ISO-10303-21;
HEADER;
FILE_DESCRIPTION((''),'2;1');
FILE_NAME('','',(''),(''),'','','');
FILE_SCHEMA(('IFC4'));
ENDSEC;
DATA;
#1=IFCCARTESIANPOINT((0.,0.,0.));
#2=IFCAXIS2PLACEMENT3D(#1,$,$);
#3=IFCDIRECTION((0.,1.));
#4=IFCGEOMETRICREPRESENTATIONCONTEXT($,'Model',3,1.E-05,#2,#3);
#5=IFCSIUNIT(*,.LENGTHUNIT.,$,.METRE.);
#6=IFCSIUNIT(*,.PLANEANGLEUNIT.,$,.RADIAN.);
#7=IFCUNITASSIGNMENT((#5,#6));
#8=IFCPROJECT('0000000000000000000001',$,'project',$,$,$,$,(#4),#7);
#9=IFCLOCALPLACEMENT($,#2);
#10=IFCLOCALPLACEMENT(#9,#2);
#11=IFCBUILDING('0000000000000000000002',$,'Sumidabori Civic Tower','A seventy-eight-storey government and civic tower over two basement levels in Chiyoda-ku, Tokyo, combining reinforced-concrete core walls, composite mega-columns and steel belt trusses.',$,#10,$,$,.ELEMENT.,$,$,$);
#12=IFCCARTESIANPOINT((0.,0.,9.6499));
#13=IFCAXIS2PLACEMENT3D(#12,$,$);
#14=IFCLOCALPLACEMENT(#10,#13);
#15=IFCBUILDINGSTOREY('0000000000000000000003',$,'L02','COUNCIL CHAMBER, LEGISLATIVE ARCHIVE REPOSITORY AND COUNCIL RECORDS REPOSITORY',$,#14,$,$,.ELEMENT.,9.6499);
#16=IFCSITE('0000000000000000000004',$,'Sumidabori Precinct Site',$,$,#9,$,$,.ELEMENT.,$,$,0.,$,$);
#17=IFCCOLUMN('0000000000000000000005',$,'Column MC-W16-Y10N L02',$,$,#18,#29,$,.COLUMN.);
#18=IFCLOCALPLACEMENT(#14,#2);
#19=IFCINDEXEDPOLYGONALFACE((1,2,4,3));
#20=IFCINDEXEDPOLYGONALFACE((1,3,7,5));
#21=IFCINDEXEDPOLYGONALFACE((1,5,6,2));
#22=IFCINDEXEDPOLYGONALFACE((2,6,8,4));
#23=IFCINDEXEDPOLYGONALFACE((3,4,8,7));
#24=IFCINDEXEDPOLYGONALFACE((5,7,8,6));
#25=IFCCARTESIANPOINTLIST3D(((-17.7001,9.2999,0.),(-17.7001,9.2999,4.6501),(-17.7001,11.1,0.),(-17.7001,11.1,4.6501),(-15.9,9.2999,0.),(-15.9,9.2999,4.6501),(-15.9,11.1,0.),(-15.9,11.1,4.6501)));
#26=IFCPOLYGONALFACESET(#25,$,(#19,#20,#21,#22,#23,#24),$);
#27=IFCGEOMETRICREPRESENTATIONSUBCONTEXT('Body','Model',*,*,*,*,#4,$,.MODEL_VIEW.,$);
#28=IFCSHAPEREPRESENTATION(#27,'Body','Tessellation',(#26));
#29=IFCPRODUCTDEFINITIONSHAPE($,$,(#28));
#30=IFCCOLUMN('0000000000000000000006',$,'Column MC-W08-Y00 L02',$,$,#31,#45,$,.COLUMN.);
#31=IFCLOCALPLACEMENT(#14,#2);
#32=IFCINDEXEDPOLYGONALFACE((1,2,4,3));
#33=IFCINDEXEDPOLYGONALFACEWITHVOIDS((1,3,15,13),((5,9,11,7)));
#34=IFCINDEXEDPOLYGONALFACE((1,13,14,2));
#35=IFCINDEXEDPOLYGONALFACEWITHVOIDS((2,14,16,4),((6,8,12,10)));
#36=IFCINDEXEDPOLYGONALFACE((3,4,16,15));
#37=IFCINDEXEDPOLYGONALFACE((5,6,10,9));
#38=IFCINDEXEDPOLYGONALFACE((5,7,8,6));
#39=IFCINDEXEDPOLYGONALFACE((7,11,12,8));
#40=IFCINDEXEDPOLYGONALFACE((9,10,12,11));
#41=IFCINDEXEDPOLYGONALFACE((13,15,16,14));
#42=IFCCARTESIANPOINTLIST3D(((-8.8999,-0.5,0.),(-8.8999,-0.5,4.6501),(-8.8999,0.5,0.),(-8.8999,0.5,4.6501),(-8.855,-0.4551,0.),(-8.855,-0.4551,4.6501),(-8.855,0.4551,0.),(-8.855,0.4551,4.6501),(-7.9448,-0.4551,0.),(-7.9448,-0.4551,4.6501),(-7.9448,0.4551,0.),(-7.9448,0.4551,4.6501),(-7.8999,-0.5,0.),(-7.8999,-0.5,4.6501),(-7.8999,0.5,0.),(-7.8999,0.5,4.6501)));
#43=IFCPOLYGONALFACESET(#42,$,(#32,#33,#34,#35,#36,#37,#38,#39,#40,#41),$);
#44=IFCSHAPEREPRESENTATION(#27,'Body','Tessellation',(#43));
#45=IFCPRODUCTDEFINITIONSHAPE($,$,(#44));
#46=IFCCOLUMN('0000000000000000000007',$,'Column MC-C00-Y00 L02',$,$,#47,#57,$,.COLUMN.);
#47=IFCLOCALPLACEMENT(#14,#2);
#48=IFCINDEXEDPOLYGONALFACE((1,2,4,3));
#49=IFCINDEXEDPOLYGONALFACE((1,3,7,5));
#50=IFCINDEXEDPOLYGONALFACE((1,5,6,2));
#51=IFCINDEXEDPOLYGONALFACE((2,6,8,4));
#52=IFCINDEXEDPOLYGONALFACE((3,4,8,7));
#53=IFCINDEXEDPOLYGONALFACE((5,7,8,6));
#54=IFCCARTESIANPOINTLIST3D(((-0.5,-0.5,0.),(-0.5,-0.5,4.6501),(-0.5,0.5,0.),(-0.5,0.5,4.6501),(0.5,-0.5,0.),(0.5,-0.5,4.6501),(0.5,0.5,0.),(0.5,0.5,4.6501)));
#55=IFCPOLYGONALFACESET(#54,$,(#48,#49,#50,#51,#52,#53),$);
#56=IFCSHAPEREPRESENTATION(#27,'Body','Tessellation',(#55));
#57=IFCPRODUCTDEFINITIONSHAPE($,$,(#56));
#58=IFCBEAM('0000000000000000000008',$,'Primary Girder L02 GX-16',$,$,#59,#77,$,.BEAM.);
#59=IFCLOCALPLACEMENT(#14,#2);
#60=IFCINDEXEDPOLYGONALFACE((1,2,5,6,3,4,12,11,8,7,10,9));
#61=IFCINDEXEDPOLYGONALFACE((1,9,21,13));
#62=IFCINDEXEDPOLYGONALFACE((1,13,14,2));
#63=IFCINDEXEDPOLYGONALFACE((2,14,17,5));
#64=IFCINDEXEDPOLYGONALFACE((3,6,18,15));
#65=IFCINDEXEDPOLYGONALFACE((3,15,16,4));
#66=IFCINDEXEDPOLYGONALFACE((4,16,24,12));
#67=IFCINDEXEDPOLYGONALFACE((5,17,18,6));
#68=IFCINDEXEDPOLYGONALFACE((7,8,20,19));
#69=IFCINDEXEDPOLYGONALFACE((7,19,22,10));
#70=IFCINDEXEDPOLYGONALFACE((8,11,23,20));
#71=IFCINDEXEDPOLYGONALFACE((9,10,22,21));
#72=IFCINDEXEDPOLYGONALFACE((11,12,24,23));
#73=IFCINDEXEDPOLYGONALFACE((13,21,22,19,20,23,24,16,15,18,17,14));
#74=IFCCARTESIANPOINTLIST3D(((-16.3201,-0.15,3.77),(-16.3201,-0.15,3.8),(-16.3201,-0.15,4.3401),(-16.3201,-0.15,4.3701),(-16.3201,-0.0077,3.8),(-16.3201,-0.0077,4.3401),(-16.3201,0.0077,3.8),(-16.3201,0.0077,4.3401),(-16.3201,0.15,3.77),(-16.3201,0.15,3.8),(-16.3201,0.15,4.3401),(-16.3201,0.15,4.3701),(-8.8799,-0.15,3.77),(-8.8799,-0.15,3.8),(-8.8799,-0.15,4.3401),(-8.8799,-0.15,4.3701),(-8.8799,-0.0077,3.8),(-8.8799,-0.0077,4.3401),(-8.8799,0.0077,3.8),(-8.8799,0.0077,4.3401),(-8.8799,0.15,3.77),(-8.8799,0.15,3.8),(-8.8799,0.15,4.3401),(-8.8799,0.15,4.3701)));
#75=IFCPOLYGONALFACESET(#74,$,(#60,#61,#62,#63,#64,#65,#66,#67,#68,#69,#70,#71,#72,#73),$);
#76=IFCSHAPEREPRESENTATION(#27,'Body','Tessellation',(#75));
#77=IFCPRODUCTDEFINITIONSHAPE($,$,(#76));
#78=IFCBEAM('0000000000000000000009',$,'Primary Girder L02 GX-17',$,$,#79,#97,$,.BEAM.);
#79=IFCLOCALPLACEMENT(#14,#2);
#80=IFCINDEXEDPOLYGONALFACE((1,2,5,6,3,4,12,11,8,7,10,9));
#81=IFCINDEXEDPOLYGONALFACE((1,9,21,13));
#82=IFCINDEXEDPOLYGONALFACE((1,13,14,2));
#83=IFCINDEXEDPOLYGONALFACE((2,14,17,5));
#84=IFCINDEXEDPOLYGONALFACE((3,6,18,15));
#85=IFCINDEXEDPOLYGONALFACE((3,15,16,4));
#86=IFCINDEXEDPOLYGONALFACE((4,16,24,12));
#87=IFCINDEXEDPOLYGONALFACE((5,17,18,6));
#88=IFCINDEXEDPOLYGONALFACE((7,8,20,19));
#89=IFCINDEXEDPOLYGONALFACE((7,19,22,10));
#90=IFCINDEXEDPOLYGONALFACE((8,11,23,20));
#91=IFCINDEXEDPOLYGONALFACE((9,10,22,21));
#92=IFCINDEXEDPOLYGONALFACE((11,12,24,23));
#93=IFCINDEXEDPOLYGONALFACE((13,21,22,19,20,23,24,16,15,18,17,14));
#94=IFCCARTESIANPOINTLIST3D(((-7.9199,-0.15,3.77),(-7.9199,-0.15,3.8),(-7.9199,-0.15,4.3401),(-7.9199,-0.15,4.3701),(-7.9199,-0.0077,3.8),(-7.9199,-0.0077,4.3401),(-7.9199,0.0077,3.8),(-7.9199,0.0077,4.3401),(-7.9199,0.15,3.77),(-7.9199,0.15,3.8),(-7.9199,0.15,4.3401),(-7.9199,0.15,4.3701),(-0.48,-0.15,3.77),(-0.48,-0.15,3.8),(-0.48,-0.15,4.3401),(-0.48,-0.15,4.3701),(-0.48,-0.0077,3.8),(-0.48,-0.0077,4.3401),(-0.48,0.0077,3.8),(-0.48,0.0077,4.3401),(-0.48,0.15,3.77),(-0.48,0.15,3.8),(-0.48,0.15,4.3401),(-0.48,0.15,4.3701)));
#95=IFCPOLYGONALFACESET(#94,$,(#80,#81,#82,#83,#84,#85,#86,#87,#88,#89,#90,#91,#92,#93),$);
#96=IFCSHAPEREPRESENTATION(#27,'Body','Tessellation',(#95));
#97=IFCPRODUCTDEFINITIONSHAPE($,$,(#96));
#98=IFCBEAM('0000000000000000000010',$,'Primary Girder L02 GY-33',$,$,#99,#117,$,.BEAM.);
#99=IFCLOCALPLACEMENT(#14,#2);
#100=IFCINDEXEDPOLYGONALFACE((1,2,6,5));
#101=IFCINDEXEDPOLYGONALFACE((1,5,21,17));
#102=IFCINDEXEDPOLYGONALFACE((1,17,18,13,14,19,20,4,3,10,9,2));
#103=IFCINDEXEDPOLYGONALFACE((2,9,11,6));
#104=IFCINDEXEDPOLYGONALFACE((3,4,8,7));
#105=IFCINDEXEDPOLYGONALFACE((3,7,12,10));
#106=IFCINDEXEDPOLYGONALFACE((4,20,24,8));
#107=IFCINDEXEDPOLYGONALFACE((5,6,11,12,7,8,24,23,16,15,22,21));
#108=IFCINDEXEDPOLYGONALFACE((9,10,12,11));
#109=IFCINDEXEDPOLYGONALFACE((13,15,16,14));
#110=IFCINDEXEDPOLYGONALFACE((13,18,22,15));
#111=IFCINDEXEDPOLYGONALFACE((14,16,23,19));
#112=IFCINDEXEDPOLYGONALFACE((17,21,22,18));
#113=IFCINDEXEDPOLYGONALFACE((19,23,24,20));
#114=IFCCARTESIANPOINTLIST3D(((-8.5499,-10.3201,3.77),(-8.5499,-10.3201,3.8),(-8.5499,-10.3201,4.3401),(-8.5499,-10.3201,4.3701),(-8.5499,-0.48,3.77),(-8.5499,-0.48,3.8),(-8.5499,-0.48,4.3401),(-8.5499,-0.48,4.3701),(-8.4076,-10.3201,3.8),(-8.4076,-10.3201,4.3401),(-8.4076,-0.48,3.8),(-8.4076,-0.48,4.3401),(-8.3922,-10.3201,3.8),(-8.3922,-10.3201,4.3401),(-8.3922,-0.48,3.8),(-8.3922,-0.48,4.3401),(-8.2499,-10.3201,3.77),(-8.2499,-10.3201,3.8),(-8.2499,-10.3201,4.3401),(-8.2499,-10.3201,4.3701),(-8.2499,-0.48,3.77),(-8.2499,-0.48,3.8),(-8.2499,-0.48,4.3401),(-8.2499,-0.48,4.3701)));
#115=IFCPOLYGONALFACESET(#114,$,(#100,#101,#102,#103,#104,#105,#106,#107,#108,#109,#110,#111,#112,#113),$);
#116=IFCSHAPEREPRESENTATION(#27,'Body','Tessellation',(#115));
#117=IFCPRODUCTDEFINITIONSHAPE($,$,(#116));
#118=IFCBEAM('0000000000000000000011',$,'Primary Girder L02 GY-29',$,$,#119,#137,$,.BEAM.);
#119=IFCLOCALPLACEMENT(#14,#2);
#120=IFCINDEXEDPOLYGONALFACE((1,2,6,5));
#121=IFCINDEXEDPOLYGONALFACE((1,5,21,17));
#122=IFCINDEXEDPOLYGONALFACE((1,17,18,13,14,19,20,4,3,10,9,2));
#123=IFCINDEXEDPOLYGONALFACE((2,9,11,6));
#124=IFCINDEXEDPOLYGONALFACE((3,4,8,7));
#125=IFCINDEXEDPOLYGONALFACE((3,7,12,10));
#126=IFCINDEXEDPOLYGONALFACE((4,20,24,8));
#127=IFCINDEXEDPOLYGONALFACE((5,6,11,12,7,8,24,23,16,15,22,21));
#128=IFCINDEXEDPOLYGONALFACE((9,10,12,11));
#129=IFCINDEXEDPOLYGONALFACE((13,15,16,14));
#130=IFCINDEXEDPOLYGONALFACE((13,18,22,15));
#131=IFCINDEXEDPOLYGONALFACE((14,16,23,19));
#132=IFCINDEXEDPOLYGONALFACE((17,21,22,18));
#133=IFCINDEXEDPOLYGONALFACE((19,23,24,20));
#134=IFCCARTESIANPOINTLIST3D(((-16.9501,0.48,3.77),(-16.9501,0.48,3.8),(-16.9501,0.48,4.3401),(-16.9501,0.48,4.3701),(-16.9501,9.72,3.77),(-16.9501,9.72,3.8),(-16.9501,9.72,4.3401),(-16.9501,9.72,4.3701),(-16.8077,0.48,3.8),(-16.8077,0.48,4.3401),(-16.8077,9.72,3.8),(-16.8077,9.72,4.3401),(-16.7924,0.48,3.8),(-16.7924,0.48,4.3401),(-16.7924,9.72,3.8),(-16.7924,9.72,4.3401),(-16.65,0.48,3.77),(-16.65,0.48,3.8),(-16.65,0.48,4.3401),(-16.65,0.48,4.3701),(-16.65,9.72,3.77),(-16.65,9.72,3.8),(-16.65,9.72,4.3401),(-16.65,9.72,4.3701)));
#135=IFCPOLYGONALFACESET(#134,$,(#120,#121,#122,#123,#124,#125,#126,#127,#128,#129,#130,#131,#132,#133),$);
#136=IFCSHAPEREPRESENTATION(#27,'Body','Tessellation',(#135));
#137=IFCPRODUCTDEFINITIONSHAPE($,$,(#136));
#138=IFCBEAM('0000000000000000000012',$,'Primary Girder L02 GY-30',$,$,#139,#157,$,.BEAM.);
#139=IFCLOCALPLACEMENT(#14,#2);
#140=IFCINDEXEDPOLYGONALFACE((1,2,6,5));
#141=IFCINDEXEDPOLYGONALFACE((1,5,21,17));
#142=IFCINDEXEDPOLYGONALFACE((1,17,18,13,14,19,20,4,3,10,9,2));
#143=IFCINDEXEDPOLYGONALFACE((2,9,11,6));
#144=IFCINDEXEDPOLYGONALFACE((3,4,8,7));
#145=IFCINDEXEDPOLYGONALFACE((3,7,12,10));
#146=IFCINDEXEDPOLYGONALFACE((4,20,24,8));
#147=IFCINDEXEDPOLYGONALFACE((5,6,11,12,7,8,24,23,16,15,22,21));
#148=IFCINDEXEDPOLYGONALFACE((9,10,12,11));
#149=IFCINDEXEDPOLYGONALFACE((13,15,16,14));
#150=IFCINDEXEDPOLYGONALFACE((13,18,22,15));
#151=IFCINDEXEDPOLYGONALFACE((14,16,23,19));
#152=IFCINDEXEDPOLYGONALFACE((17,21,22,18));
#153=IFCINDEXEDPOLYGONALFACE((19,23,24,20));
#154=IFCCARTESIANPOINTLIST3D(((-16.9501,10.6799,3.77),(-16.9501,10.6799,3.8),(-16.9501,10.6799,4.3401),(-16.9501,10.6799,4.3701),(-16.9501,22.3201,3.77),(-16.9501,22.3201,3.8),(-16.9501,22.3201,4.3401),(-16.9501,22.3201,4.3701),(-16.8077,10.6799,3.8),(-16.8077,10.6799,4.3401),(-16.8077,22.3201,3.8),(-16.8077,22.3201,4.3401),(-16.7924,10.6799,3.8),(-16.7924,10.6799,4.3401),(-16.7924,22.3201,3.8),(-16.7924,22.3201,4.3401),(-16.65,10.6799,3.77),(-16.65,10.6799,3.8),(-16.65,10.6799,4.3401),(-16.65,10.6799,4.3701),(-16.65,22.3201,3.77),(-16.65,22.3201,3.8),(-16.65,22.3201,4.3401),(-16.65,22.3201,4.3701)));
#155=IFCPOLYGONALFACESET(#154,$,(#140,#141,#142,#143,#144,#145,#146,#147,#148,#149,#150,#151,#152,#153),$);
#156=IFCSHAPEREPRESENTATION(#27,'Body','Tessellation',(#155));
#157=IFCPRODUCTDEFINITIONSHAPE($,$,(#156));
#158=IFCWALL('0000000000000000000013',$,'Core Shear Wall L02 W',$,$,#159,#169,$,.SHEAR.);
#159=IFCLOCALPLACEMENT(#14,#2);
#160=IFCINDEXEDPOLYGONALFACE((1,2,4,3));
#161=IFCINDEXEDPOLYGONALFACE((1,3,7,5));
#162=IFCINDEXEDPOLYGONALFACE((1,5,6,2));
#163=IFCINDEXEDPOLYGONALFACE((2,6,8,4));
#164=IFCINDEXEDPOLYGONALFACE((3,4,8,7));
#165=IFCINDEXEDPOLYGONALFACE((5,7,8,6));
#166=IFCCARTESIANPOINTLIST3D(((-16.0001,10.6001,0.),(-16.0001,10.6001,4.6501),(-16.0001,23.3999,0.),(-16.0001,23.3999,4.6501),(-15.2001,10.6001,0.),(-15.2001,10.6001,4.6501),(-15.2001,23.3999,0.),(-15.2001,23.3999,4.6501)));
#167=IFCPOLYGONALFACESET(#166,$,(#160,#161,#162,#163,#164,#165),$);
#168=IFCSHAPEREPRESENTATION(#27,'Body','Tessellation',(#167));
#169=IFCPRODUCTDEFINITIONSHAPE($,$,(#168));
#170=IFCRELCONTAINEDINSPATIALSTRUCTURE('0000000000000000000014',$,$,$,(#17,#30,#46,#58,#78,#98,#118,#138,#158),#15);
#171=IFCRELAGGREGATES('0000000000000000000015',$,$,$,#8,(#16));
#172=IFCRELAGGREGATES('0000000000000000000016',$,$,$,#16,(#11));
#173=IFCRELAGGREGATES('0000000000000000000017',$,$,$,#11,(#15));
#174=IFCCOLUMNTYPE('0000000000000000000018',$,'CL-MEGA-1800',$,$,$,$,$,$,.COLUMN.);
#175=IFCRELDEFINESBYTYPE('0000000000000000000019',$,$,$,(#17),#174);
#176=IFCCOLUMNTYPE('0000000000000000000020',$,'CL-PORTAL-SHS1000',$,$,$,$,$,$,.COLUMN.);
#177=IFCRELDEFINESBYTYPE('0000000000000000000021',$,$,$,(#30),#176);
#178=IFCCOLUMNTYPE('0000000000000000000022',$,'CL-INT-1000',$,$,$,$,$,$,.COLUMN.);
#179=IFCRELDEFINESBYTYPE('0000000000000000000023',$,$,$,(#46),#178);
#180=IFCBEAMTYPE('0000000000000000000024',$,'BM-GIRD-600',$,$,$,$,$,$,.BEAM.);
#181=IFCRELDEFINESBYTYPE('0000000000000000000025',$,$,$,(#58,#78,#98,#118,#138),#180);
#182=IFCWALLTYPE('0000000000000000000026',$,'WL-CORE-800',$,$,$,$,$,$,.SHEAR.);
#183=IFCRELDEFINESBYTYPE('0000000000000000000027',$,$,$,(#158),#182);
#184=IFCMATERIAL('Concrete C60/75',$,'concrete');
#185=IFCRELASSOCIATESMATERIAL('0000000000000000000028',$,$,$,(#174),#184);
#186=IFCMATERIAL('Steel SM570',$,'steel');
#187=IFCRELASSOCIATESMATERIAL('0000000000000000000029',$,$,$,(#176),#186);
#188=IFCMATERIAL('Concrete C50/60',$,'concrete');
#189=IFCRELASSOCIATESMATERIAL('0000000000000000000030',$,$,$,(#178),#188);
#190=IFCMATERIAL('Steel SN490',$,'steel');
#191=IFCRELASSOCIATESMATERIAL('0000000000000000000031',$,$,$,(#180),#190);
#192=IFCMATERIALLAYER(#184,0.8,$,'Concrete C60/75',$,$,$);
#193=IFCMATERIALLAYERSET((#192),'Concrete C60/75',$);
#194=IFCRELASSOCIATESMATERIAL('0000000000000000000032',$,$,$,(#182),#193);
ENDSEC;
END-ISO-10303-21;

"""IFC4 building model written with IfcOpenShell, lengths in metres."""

from ifc_helpers import new_model, si_unit, direction, frame, frame_2d, origin, origin_with_axes, origin_2d, place, context, subcontext, project, spatial, rectangle, hollow_rectangle, i_section, extrude, source, transform, mapped, material, layer, layer_set, material_profile, profile_set, type_object, element, save


model = new_model("IFC4")

# Units and contexts
model_context = context("Model", 3, precision=1e-05, world=origin(), true_north=direction((0.0, 1.0)))
body_context = subcontext(model_context, "Body", "Model", "MODEL_VIEW")
ifc_project = project(units=[si_unit("LENGTHUNIT", "METRE"), si_unit("PLANEANGLEUNIT", "RADIAN")], contexts=[model_context])

# Site, building, storey
site_placement = place(None, origin())
site = spatial("IfcSite", under=ifc_project, at=site_placement, Name="Sumidabori Precinct Site", CompositionType="ELEMENT", RefElevation=0.0)
building_placement = place(site_placement, origin())
building = spatial("IfcBuilding", under=site, at=building_placement, Name="Sumidabori Civic Tower", Description="A seventy-eight-storey government and civic tower over two basement levels in Chiyoda-ku, Tokyo, combining reinforced-concrete core walls, composite mega-columns and steel belt trusses.", CompositionType="ELEMENT")
storey_placement = place(building_placement, frame((0.0, 0.0, 9.6499)))
storey = spatial("IfcBuildingStorey", under=building, at=storey_placement, Name="L02", Description="COUNCIL CHAMBER, LEGISLATIVE ARCHIVE REPOSITORY AND COUNCIL RECORDS REPOSITORY", CompositionType="ELEMENT", Elevation=9.6499)

# Columns
ifc_material_1 = material(Name="Concrete C60/75", Category="concrete")
ifc_material_profile_1 = material_profile(ifc_material_1, rectangle(XDim=1.8, YDim=1.8, at=origin_2d()), Name="RC 1800x1800")
ifc_profile_set_1 = profile_set([ifc_material_profile_1], Name="Concrete C60/75")
column_type_1 = type_object("IfcColumnType", Name="CL-MEGA-1800", PredefinedType="COLUMN", material=ifc_profile_set_1)
shared_shape_1 = source(origin(), body_context, "Body", "SweptSolid", [
    extrude(rectangle(XDim=1.8, YDim=1.8, at=origin_2d()), origin(), (0.0, 0.0, 1.0), 4.6501),
])
column_1_placement = place(storey_placement, frame((-16.8, 10.2, 0.0), z_axis=(0.0, 0.0, 1.0), x_axis=(1.0, 0.0, 0.0)))
element("IfcColumn", 1, at=column_1_placement, inside=storey, type_object=column_type_1, Name="Column MC-W16-Y10N L02", PredefinedType="COLUMN", context=body_context, shape_type="MappedRepresentation", body=[
    mapped(shared_shape_1, transform((0.0, 0.0, 0.0), x_axis=(1.0, 0.0, 0.0), y_axis=(0.0, 1.0, 0.0), z_axis=(0.0, 0.0, 1.0), scale=1.0)),
])
ifc_material_2 = material(Name="Steel SM570", Category="steel")
ifc_material_profile_2 = material_profile(ifc_material_2, hollow_rectangle(XDim=1.0, YDim=1.0, WallThickness=0.0449, at=origin_2d()), Name="SHS 1000x1000x45")
ifc_profile_set_2 = profile_set([ifc_material_profile_2], Name="Steel SM570")
column_type_2 = type_object("IfcColumnType", Name="CL-PORTAL-SHS1000", PredefinedType="COLUMN", material=ifc_profile_set_2)
shared_shape_2 = source(origin(), body_context, "Body", "SweptSolid", [
    extrude(hollow_rectangle(XDim=1.0, YDim=1.0, WallThickness=0.0449, at=origin_2d()), origin(), (0.0, 0.0, 1.0), 4.6501),
])
column_2_placement = place(storey_placement, frame((-8.3999, 0.0, 0.0), z_axis=(0.0, 0.0, 1.0), x_axis=(1.0, 0.0, 0.0)))
element("IfcColumn", 2, at=column_2_placement, inside=storey, type_object=column_type_2, Name="Column MC-W08-Y00 L02", PredefinedType="COLUMN", context=body_context, shape_type="MappedRepresentation", body=[
    mapped(shared_shape_2, transform((0.0, 0.0, 0.0), x_axis=(1.0, 0.0, 0.0), y_axis=(0.0, 1.0, 0.0), z_axis=(0.0, 0.0, 1.0), scale=1.0)),
])
ifc_material_3 = material(Name="Concrete C50/60", Category="concrete")
ifc_material_profile_3 = material_profile(ifc_material_3, rectangle(XDim=1.0, YDim=1.0, at=origin_2d()), Name="RC 1000x1000")
ifc_profile_set_3 = profile_set([ifc_material_profile_3], Name="Concrete C50/60")
column_type_3 = type_object("IfcColumnType", Name="CL-INT-1000", PredefinedType="COLUMN", material=ifc_profile_set_3)
shared_shape_3 = source(origin(), body_context, "Body", "SweptSolid", [
    extrude(rectangle(XDim=1.0, YDim=1.0, at=origin_2d()), origin(), (0.0, 0.0, 1.0), 4.6501),
])
column_3_placement = place(storey_placement, origin_with_axes())
element("IfcColumn", 3, at=column_3_placement, inside=storey, type_object=column_type_3, Name="Column MC-C00-Y00 L02", PredefinedType="COLUMN", context=body_context, shape_type="MappedRepresentation", body=[
    mapped(shared_shape_3, transform((0.0, 0.0, 0.0), x_axis=(1.0, 0.0, 0.0), y_axis=(0.0, 1.0, 0.0), z_axis=(0.0, 0.0, 1.0), scale=1.0)),
])

# Beams
ifc_material_4 = material(Name="Steel SN490", Category="steel")
ifc_material_profile_4 = material_profile(ifc_material_4, i_section(OverallWidth=0.3, OverallDepth=0.6001, WebThickness=0.0154, FlangeThickness=0.03, at=origin_2d()), Name="HE 600 B")
ifc_profile_set_4 = profile_set([ifc_material_profile_4], Name="Steel SN490")
beam_type = type_object("IfcBeamType", Name="BM-GIRD-600", PredefinedType="BEAM", material=ifc_profile_set_4)
shared_shape_4 = source(origin(), body_context, "Body", "SweptSolid", [
    extrude(i_section(OverallWidth=0.3, OverallDepth=0.6001, WebThickness=0.0154, FlangeThickness=0.03, at=origin_2d()), origin(), (0.0, 0.0, 1.0), 7.4402),
])
beam_1_placement = place(storey_placement, frame((-16.3201, 0.0, 4.0701), z_axis=(1.0, 0.0, 0.0), x_axis=(0.0, 1.0, 0.0)))
element("IfcBeam", 4, at=beam_1_placement, inside=storey, type_object=beam_type, Name="Primary Girder L02 GX-16", PredefinedType="BEAM", context=body_context, shape_type="MappedRepresentation", body=[
    mapped(shared_shape_4, transform((0.0, 0.0, 0.0), x_axis=(1.0, 0.0, 0.0), y_axis=(0.0, 1.0, 0.0), z_axis=(0.0, 0.0, 1.0), scale=1.0)),
])
shared_shape_5 = source(origin(), body_context, "Body", "SweptSolid", [
    extrude(i_section(OverallWidth=0.3, OverallDepth=0.6001, WebThickness=0.0154, FlangeThickness=0.03, at=origin_2d()), origin(), (0.0, 0.0, 1.0), 7.4399),
])
beam_2_placement = place(storey_placement, frame((-7.9199, 0.0, 4.0701), z_axis=(1.0, 0.0, 0.0), x_axis=(0.0, 1.0, 0.0)))
element("IfcBeam", 5, at=beam_2_placement, inside=storey, type_object=beam_type, Name="Primary Girder L02 GX-17", PredefinedType="BEAM", context=body_context, shape_type="MappedRepresentation", body=[
    mapped(shared_shape_5, transform((0.0, 0.0, 0.0), x_axis=(1.0, 0.0, 0.0), y_axis=(0.0, 1.0, 0.0), z_axis=(0.0, 0.0, 1.0), scale=1.0)),
])
shared_shape_6 = source(origin(), body_context, "Body", "SweptSolid", [
    extrude(i_section(OverallWidth=0.3, OverallDepth=0.6001, WebThickness=0.0154, FlangeThickness=0.03, at=origin_2d()), origin(), (0.0, 0.0, 1.0), 9.8401),
])
beam_3_placement = place(storey_placement, frame((-8.3999, -10.3201, 4.0701), z_axis=(0.0, 1.0, 0.0), x_axis=(-1.0, 0.0, 0.0)))
element("IfcBeam", 6, at=beam_3_placement, inside=storey, type_object=beam_type, Name="Primary Girder L02 GY-33", PredefinedType="BEAM", context=body_context, shape_type="MappedRepresentation", body=[
    mapped(shared_shape_6, transform((0.0, 0.0, 0.0), x_axis=(1.0, 0.0, 0.0), y_axis=(0.0, 1.0, 0.0), z_axis=(0.0, 0.0, 1.0), scale=1.0)),
])
shared_shape_7 = source(origin(), body_context, "Body", "SweptSolid", [
    extrude(i_section(OverallWidth=0.3, OverallDepth=0.6001, WebThickness=0.0154, FlangeThickness=0.03, at=origin_2d()), origin(), (0.0, 0.0, 1.0), 9.24),
])
beam_4_placement = place(storey_placement, frame((-16.8, 0.48, 4.0701), z_axis=(0.0, 1.0, 0.0), x_axis=(-1.0, 0.0, 0.0)))
element("IfcBeam", 7, at=beam_4_placement, inside=storey, type_object=beam_type, Name="Primary Girder L02 GY-29", PredefinedType="BEAM", context=body_context, shape_type="MappedRepresentation", body=[
    mapped(shared_shape_7, transform((0.0, 0.0, 0.0), x_axis=(1.0, 0.0, 0.0), y_axis=(0.0, 1.0, 0.0), z_axis=(0.0, 0.0, 1.0), scale=1.0)),
])
shared_shape_8 = source(origin(), body_context, "Body", "SweptSolid", [
    extrude(i_section(OverallWidth=0.3, OverallDepth=0.6001, WebThickness=0.0154, FlangeThickness=0.03, at=origin_2d()), origin(), (0.0, 0.0, 1.0), 11.6401),
])
beam_5_placement = place(storey_placement, frame((-16.8, 10.6799, 4.0701), z_axis=(0.0, 1.0, 0.0), x_axis=(-1.0, 0.0, 0.0)))
element("IfcBeam", 8, at=beam_5_placement, inside=storey, type_object=beam_type, Name="Primary Girder L02 GY-30", PredefinedType="BEAM", context=body_context, shape_type="MappedRepresentation", body=[
    mapped(shared_shape_8, transform((0.0, 0.0, 0.0), x_axis=(1.0, 0.0, 0.0), y_axis=(0.0, 1.0, 0.0), z_axis=(0.0, 0.0, 1.0), scale=1.0)),
])

# Shared definitions
ifc_layer_1 = layer(ifc_material_1, 0.8, Name="Concrete C60/75")
ifc_layer_set_1 = layer_set([ifc_layer_1], Name="Concrete C60/75")
wall_type_1 = type_object("IfcWallType", Name="WL-CORE-800", PredefinedType="SHEAR", material=ifc_layer_set_1)

# Wall
shared_shape_9 = source(origin(), body_context, "Body", "SweptSolid", [
    extrude(rectangle(XDim=12.7998, YDim=0.8, at=frame_2d((6.3999, 0.0))), origin(), (0.0, 0.0, 1.0), 4.6501),
])
wall_1_placement = place(storey_placement, frame((-15.6001, 10.6001, 0.0), z_axis=(0.0, 0.0, 1.0), x_axis=(0.0, 1.0, 0.0)))
element("IfcWall", 9, at=wall_1_placement, inside=storey, type_object=wall_type_1, Name="Core Shear Wall L02 W", PredefinedType="SHEAR", context=body_context, shape_type="MappedRepresentation", body=[
    mapped(shared_shape_9, transform((0.0, 0.0, 0.0), x_axis=(1.0, 0.0, 0.0), y_axis=(0.0, 1.0, 0.0), z_axis=(0.0, 0.0, 1.0), scale=1.0)),
])

save(model, "model.ifc")
